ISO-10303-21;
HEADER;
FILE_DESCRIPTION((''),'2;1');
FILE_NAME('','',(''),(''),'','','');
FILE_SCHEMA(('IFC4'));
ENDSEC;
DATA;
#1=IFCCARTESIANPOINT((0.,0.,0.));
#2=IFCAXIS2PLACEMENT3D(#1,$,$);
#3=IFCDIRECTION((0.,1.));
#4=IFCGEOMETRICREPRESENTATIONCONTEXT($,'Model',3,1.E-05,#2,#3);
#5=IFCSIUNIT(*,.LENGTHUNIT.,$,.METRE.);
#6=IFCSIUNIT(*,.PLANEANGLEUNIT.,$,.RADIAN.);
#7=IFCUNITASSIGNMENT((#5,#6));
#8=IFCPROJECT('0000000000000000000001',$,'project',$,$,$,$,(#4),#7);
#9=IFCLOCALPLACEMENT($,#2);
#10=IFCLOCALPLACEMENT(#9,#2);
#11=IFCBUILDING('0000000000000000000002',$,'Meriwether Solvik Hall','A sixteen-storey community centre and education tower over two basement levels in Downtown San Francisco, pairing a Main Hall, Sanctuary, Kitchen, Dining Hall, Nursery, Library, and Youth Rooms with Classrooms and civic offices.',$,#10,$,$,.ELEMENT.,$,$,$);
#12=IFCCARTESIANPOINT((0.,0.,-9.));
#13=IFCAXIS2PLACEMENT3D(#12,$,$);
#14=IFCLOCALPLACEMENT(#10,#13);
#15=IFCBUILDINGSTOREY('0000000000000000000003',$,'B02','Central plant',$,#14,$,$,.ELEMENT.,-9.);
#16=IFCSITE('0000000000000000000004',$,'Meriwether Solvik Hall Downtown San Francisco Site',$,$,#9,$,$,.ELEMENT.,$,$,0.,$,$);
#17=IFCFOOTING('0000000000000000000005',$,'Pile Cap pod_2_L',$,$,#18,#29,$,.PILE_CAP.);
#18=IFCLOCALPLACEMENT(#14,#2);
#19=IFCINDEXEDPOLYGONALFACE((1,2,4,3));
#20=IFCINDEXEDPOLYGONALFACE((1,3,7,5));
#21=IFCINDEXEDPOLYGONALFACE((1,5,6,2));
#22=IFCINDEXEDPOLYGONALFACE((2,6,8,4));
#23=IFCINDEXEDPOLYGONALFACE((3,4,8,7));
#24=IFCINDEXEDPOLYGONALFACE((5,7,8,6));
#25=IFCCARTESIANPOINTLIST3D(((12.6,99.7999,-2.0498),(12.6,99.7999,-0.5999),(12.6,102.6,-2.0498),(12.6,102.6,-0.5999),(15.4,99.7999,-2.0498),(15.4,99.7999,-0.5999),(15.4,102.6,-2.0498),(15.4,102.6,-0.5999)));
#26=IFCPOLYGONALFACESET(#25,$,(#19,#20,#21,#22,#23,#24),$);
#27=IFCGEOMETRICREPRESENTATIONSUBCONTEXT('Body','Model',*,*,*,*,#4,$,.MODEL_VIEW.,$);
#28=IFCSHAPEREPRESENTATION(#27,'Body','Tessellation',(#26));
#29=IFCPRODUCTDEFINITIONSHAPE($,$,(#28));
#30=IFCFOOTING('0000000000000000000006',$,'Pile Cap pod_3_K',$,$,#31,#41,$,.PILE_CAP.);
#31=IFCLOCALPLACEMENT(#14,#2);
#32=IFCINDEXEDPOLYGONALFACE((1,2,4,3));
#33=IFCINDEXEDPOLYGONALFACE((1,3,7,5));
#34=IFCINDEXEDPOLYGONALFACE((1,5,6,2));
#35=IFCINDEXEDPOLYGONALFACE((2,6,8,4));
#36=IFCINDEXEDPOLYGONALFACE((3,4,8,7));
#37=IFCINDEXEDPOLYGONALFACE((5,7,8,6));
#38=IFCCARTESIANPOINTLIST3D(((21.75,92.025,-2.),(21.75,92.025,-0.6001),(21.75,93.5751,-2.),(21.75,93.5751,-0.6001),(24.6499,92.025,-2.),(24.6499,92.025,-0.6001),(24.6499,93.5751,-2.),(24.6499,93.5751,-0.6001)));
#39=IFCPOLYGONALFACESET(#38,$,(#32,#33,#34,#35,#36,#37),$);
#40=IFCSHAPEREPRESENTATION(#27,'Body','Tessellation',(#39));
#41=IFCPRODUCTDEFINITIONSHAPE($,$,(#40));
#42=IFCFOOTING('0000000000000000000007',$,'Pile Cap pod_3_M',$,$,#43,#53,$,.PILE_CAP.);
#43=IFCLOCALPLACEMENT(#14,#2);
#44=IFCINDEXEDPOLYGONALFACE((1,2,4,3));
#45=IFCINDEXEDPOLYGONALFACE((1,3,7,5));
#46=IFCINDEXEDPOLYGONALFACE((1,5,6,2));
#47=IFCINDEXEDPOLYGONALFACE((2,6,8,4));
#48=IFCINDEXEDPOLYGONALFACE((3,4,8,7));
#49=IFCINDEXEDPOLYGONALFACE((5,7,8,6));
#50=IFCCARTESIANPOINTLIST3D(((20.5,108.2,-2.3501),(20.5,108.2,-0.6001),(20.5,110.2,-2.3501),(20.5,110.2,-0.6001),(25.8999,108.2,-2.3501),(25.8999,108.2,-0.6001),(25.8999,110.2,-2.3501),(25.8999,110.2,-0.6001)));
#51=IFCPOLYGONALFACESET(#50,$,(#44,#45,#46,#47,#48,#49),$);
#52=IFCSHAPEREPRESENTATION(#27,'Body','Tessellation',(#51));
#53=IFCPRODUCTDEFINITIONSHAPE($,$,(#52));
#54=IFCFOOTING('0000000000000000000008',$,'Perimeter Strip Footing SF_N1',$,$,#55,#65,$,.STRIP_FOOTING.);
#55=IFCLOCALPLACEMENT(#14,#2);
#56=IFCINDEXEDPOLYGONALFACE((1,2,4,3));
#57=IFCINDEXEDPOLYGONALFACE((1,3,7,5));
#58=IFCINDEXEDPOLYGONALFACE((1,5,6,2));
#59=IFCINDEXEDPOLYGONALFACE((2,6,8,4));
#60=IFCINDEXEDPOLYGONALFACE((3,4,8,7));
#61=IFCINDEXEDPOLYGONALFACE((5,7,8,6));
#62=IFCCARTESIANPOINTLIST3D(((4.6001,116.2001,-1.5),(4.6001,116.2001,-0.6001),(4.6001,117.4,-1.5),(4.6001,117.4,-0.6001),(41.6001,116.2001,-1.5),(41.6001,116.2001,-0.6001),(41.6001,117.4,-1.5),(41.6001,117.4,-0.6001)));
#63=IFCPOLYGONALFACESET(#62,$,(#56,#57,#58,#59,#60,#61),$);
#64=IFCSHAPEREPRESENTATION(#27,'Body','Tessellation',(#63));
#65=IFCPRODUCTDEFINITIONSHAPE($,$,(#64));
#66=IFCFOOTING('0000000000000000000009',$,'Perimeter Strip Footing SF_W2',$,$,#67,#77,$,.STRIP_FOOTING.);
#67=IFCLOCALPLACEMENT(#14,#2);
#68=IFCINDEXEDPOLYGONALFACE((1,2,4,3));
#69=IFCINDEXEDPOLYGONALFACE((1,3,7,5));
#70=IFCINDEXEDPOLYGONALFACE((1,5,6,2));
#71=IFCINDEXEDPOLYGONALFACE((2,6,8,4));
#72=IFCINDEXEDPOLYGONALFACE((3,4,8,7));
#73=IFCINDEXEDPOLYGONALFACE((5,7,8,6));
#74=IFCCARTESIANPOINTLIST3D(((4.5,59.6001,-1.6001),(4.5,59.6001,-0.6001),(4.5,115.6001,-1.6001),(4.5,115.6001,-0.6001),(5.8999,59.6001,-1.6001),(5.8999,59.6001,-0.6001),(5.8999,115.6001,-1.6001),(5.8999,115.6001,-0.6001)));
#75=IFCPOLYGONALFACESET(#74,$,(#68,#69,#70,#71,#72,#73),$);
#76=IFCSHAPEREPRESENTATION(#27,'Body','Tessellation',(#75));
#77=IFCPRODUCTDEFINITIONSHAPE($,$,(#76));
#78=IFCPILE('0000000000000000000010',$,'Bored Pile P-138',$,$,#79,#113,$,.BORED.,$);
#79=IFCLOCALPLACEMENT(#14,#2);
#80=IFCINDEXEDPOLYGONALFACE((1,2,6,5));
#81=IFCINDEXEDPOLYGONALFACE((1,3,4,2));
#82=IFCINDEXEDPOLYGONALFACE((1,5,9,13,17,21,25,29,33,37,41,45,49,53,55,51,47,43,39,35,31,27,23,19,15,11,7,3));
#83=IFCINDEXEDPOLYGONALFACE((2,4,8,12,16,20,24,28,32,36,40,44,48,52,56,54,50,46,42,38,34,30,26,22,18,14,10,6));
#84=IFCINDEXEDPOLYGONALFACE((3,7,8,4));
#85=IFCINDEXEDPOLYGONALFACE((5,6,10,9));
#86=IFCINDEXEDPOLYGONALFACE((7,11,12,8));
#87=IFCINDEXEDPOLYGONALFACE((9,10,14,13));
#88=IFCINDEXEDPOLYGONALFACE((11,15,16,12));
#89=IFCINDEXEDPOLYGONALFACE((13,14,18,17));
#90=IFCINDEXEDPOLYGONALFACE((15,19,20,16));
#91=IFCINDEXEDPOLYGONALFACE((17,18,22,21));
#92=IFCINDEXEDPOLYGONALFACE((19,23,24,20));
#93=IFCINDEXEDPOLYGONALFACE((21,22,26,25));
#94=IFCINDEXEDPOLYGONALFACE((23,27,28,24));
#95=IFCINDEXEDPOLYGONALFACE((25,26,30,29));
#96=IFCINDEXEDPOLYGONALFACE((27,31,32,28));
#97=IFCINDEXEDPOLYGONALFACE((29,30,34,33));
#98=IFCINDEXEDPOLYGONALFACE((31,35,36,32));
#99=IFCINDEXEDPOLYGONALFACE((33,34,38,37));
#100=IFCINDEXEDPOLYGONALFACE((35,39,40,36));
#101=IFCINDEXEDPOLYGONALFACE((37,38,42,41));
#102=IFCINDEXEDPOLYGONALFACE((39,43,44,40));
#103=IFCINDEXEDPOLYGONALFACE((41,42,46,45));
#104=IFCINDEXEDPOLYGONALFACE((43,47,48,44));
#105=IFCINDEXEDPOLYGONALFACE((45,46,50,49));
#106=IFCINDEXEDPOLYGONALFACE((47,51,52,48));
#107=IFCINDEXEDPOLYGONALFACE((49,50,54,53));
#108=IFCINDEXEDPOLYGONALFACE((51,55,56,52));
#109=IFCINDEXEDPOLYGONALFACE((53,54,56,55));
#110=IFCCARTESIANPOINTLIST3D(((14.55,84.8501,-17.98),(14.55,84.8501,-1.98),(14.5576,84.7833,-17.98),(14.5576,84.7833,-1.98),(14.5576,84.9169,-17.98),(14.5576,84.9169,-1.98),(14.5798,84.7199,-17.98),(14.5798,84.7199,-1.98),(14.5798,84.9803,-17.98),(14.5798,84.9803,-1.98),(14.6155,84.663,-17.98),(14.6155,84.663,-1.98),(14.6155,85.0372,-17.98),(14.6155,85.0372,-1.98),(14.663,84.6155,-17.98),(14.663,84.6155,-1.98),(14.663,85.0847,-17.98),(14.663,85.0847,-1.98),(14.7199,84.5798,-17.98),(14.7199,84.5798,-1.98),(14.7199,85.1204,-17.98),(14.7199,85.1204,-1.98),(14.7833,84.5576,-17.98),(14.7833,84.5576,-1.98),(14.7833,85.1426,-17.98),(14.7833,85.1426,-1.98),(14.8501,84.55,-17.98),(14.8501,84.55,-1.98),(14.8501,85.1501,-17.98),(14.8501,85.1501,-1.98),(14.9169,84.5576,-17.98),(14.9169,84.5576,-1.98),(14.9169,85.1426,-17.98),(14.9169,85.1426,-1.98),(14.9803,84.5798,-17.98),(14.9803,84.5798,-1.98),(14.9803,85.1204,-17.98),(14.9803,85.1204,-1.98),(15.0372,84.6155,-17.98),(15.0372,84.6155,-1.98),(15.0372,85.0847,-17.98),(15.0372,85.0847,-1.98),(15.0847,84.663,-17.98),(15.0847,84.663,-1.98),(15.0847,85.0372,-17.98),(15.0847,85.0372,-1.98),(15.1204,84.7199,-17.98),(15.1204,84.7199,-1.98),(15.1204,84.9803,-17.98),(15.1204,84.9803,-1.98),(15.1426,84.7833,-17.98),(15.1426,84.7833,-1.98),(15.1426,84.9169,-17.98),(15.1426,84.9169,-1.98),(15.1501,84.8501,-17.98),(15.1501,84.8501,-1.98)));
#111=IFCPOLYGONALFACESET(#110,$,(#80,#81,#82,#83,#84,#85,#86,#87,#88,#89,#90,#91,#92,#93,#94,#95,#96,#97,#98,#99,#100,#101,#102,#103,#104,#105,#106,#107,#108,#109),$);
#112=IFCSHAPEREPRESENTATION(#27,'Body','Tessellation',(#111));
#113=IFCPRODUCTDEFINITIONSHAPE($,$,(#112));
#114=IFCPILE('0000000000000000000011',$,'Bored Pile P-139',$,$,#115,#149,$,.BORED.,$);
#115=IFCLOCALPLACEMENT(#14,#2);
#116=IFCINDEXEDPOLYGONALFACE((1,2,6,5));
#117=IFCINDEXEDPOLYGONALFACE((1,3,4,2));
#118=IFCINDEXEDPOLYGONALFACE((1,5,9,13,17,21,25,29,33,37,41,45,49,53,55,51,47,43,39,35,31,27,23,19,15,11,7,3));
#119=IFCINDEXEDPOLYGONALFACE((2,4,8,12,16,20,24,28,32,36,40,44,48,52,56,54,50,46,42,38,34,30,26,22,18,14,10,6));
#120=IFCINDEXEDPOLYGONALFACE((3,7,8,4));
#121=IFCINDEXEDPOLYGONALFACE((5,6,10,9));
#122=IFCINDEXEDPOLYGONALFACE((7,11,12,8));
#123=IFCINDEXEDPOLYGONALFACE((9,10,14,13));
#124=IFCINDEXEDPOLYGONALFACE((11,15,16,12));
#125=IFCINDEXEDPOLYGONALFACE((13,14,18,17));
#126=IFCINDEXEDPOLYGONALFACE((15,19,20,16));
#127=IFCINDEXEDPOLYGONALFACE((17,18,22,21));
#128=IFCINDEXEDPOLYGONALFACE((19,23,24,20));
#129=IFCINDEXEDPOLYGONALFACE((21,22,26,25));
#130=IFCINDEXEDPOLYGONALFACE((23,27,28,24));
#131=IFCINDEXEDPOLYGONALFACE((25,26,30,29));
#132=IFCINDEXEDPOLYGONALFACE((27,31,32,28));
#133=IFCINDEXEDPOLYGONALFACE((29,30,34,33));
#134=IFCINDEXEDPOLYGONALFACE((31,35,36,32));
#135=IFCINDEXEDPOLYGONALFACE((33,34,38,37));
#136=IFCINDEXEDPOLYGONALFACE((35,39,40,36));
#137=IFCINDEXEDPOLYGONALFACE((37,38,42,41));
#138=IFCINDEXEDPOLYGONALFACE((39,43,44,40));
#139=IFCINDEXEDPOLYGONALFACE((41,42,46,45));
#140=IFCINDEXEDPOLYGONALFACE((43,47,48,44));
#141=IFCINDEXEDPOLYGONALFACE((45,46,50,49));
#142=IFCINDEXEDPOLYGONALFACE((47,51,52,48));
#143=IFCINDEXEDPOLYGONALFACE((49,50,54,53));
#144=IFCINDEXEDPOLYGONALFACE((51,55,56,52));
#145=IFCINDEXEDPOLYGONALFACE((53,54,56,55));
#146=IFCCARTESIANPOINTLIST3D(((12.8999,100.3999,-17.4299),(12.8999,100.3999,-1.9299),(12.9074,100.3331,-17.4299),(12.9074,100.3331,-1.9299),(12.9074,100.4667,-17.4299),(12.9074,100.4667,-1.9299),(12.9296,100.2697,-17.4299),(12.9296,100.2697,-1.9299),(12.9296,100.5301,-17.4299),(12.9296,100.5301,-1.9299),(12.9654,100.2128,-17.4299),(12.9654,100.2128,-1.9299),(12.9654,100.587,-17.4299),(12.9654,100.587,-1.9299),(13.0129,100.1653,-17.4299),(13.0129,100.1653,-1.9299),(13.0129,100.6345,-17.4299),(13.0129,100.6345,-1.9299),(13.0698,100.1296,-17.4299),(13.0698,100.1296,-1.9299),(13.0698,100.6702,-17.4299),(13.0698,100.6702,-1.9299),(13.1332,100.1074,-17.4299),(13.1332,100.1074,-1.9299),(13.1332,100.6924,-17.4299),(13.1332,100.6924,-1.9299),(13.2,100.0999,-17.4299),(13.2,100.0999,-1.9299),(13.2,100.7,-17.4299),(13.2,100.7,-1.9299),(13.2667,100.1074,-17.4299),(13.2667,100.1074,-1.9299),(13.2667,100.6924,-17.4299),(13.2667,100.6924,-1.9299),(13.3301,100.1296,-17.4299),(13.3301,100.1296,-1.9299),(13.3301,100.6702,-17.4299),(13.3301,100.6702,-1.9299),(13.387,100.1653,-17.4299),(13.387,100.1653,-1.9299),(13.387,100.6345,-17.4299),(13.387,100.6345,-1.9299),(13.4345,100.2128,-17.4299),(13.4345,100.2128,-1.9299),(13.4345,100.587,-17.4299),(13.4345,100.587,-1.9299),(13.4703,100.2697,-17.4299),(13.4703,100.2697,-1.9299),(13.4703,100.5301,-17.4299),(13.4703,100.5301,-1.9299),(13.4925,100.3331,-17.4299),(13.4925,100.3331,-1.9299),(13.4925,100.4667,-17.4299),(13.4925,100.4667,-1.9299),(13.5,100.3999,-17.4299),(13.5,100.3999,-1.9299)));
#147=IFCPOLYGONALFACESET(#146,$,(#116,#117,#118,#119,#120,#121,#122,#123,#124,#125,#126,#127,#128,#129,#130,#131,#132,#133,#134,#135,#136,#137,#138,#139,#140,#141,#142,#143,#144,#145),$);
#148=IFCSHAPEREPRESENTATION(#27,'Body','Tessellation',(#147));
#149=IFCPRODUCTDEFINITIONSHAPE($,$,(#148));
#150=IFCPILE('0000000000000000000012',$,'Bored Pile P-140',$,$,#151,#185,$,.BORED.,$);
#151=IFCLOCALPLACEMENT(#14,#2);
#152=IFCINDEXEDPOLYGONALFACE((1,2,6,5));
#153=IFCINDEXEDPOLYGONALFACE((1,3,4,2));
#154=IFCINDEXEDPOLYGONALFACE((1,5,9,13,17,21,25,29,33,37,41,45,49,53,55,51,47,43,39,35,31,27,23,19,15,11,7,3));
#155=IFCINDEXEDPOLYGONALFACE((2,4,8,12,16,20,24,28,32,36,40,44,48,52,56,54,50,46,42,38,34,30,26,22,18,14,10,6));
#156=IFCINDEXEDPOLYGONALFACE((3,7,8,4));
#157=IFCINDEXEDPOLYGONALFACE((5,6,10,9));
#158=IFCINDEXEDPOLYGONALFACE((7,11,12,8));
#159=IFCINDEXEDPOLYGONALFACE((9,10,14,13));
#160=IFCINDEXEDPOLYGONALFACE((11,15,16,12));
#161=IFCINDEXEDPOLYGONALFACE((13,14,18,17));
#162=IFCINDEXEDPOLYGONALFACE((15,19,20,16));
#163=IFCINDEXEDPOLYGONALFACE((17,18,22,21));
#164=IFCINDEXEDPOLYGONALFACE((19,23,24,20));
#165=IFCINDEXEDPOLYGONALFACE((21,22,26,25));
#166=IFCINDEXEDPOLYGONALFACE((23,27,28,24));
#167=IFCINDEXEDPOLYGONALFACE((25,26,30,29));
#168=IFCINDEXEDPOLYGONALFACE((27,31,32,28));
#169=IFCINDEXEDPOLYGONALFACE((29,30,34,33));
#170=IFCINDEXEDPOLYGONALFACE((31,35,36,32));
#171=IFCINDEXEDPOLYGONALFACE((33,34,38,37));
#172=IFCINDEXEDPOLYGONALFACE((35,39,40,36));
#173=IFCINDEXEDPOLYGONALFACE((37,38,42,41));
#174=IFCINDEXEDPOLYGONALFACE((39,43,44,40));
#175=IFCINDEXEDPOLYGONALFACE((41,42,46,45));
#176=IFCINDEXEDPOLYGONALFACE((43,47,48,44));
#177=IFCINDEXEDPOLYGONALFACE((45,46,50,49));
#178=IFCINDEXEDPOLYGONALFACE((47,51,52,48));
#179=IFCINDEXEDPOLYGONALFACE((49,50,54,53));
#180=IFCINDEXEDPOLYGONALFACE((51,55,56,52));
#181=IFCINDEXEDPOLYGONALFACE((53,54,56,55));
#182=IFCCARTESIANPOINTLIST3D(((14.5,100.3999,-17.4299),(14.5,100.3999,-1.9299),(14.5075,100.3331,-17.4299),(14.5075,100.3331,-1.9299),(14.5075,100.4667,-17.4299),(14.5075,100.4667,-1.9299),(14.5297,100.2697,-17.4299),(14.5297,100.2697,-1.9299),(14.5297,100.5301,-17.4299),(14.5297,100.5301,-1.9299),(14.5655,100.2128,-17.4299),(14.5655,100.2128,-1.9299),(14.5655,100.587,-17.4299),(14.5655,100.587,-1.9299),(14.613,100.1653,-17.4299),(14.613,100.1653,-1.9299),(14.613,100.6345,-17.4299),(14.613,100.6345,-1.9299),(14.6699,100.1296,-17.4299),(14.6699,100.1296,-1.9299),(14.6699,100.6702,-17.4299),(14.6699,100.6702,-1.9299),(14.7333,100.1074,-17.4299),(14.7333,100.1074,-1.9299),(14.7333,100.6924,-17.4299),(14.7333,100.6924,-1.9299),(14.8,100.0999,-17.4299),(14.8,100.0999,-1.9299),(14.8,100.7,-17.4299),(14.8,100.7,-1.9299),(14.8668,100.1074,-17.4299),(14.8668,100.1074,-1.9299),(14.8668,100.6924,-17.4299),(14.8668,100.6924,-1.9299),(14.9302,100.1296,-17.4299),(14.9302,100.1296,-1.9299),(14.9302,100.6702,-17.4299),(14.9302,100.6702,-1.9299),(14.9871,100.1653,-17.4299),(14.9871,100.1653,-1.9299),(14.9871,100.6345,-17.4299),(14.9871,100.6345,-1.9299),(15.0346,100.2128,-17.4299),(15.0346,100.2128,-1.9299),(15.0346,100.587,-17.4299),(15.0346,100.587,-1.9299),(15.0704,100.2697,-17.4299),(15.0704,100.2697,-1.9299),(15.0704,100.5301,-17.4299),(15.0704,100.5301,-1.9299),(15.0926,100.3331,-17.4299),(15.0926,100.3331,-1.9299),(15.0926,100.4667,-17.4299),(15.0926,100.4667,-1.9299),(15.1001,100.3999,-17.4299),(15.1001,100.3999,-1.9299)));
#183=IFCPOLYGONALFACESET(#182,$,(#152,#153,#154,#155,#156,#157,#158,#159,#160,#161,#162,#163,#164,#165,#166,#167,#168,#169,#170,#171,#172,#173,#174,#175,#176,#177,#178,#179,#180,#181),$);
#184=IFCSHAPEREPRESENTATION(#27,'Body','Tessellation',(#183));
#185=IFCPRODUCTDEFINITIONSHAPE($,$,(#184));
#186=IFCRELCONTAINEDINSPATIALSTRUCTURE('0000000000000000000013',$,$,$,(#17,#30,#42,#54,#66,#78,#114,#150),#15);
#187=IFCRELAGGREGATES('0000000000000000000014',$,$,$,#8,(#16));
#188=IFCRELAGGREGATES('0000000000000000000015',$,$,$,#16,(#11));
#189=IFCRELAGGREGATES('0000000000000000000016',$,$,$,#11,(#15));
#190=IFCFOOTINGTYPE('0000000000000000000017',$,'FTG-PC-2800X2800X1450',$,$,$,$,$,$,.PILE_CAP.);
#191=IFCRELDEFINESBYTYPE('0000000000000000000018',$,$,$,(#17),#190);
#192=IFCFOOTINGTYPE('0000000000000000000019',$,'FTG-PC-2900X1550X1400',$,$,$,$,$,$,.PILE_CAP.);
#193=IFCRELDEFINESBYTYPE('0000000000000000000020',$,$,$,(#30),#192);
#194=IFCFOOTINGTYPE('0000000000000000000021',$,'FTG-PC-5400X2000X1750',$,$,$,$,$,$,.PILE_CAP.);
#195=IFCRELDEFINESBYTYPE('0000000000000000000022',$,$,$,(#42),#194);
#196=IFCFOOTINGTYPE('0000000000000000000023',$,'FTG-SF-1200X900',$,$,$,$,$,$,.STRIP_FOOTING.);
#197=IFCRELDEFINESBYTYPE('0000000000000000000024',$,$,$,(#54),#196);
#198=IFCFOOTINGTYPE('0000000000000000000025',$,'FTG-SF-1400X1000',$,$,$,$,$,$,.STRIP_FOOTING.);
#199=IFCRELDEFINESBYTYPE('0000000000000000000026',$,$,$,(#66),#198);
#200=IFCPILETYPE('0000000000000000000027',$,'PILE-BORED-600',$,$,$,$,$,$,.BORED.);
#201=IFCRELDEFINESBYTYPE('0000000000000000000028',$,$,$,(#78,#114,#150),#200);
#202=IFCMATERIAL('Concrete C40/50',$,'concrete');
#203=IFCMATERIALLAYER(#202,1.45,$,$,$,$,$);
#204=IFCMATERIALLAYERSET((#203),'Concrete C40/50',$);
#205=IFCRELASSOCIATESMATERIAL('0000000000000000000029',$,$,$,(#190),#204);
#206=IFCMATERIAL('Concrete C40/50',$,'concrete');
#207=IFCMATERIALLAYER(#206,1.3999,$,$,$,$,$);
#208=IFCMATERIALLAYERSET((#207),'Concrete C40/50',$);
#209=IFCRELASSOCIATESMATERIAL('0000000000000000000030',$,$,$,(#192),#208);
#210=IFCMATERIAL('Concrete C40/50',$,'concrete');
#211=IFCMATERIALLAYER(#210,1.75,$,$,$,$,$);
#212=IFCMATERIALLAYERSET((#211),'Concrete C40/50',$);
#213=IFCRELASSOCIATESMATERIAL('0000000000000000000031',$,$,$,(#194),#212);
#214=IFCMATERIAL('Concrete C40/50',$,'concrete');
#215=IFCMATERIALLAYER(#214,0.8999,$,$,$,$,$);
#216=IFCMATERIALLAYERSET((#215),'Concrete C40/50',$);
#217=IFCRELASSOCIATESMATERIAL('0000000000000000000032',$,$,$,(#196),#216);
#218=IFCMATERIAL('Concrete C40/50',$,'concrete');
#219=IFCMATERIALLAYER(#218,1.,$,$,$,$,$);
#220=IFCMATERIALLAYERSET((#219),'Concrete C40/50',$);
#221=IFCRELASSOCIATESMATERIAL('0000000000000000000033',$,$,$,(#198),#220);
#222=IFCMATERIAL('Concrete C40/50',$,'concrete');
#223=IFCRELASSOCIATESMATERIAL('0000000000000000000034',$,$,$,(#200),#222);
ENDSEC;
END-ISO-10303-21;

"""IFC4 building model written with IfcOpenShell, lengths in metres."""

from ifc_helpers import new_model, si_unit, direction, frame, origin, origin_2d, place, context, subcontext, project, spatial, rectangle, circle, extrude, material, layer, layer_set, material_profile, profile_set, type_object, element, save


model = new_model("IFC4")

# Units and contexts
model_context = context("Model", 3, precision=1e-05, world=origin(), true_north=direction((0.0, 1.0)))
body_context = subcontext(model_context, "Body", "Model", "MODEL_VIEW")
ifc_project = project(units=[si_unit("LENGTHUNIT", "METRE"), si_unit("PLANEANGLEUNIT", "RADIAN")], contexts=[model_context])

# Site, building, storey
site_placement = place(None, origin())
site = spatial("IfcSite", under=ifc_project, at=site_placement, Name="Meriwether Solvik Hall Downtown San Francisco Site", CompositionType="ELEMENT", RefElevation=0.0)
building_placement = place(site_placement, origin())
building = spatial("IfcBuilding", under=site, at=building_placement, Name="Meriwether Solvik Hall", Description="A sixteen-storey community centre and education tower over two basement levels in Downtown San Francisco, pairing a Main Hall, Sanctuary, Kitchen, Dining Hall, Nursery, Library, and Youth Rooms with Classrooms and civic offices.", CompositionType="ELEMENT")
storey_placement = place(building_placement, frame((0.0, 0.0, -9.0)))
storey = spatial("IfcBuildingStorey", under=building, at=storey_placement, Name="B02", Description="Central plant", CompositionType="ELEMENT", Elevation=-9.0)

# Footings
ifc_material_1 = material(Name="Concrete C40/50", Category="concrete")
ifc_layer_1 = layer(ifc_material_1, 1.45)
ifc_layer_set_1 = layer_set([ifc_layer_1], Name="Concrete C40/50")
footing_type_1 = type_object("IfcFootingType", Name="FTG-PC-2800X2800X1450", PredefinedType="PILE_CAP", material=ifc_layer_set_1)
footing_1_placement = place(storey_placement, frame((14.0, 101.2, -2.0498), z_axis=(0.0, 0.0, 1.0), x_axis=(1.0, 0.0, 0.0)))
element("IfcFooting", 1, at=footing_1_placement, inside=storey, type_object=footing_type_1, Name="Pile Cap pod_2_L", PredefinedType="PILE_CAP", context=body_context, shape_type="SweptSolid", body=[
    extrude(rectangle(XDim=2.8, YDim=2.8, at=origin_2d()), origin(), (0.0, 0.0, 1.0), 1.45),
])
ifc_material_2 = material(Name="Concrete C40/50", Category="concrete")
ifc_layer_2 = layer(ifc_material_2, 1.3999)
ifc_layer_set_2 = layer_set([ifc_layer_2], Name="Concrete C40/50")
footing_type_2 = type_object("IfcFootingType", Name="FTG-PC-2900X1550X1400", PredefinedType="PILE_CAP", material=ifc_layer_set_2)
footing_2_placement = place(storey_placement, frame((23.2, 92.8, -2.0), z_axis=(0.0, 0.0, 1.0), x_axis=(1.0, 0.0, 0.0)))
element("IfcFooting", 2, at=footing_2_placement, inside=storey, type_object=footing_type_2, Name="Pile Cap pod_3_K", PredefinedType="PILE_CAP", context=body_context, shape_type="SweptSolid", body=[
    extrude(rectangle(XDim=2.8999, YDim=1.55, at=origin_2d()), origin(), (0.0, 0.0, 1.0), 1.3999),
])
ifc_material_3 = material(Name="Concrete C40/50", Category="concrete")
ifc_layer_3 = layer(ifc_material_3, 1.75)
ifc_layer_set_3 = layer_set([ifc_layer_3], Name="Concrete C40/50")
footing_type_3 = type_object("IfcFootingType", Name="FTG-PC-5400X2000X1750", PredefinedType="PILE_CAP", material=ifc_layer_set_3)
footing_3_placement = place(storey_placement, frame((23.2, 109.2, -2.3501), z_axis=(0.0, 0.0, 1.0), x_axis=(1.0, 0.0, 0.0)))
element("IfcFooting", 3, at=footing_3_placement, inside=storey, type_object=footing_type_3, Name="Pile Cap pod_3_M", PredefinedType="PILE_CAP", context=body_context, shape_type="SweptSolid", body=[
    extrude(rectangle(XDim=5.3999, YDim=2.0, at=origin_2d()), origin(), (0.0, 0.0, 1.0), 1.75),
])
ifc_material_4 = material(Name="Concrete C40/50", Category="concrete")
ifc_layer_4 = layer(ifc_material_4, 0.8999)
ifc_layer_set_4 = layer_set([ifc_layer_4], Name="Concrete C40/50")
footing_type_4 = type_object("IfcFootingType", Name="FTG-SF-1200X900", PredefinedType="STRIP_FOOTING", material=ifc_layer_set_4)
footing_4_placement = place(storey_placement, frame((23.1001, 116.8, -1.5), z_axis=(0.0, 0.0, 1.0), x_axis=(1.0, 0.0, 0.0)))
element("IfcFooting", 4, at=footing_4_placement, inside=storey, type_object=footing_type_4, Name="Perimeter Strip Footing SF_N1", PredefinedType="STRIP_FOOTING", context=body_context, shape_type="SweptSolid", body=[
    extrude(rectangle(XDim=37.0, YDim=1.2, at=origin_2d()), origin(), (0.0, 0.0, 1.0), 0.8999),
])
ifc_material_5 = material(Name="Concrete C40/50", Category="concrete")
ifc_layer_5 = layer(ifc_material_5, 1.0)
ifc_layer_set_5 = layer_set([ifc_layer_5], Name="Concrete C40/50")
footing_type_5 = type_object("IfcFootingType", Name="FTG-SF-1400X1000", PredefinedType="STRIP_FOOTING", material=ifc_layer_set_5)
footing_5_placement = place(storey_placement, frame((5.2, 87.6001, -1.6001), z_axis=(0.0, 0.0, 1.0), x_axis=(0.0, 1.0, 0.0)))
element("IfcFooting", 5, at=footing_5_placement, inside=storey, type_object=footing_type_5, Name="Perimeter Strip Footing SF_W2", PredefinedType="STRIP_FOOTING", context=body_context, shape_type="SweptSolid", body=[
    extrude(rectangle(XDim=56.0, YDim=1.3999, at=origin_2d()), origin(), (0.0, 0.0, 1.0), 1.0),
])

# Piles
ifc_material_6 = material(Name="Concrete C40/50", Category="concrete")
ifc_material_profile_1 = material_profile(ifc_material_6, circle(Radius=0.3, at=origin_2d()), Name="PILE-D600")
ifc_profile_set_1 = profile_set([ifc_material_profile_1], Name="Concrete C40/50")
pile_type_1 = type_object("IfcPileType", Name="PILE-BORED-600", PredefinedType="BORED", material=ifc_profile_set_1)
pile_1_placement = place(storey_placement, frame((14.8501, 84.8501, -1.98), z_axis=(0.0, 0.0, -1.0), x_axis=(1.0, 0.0, 0.0)))
element("IfcPile", 6, at=pile_1_placement, inside=storey, type_object=pile_type_1, Name="Bored Pile P-138", PredefinedType="BORED", context=body_context, shape_type="SweptSolid", body=[
    extrude(circle(Radius=0.3, at=origin_2d()), origin(), (0.0, 0.0, 1.0), 16.0),
])
for number, where, z_axis, x_axis, name in (
    (7, (13.2, 100.3999, -1.9299), (0.0, 0.0, -1.0), (1.0, 0.0, 0.0), "Bored Pile P-139"),
    (8, (14.8, 100.3999, -1.9299), (0.0, 0.0, -1.0), (1.0, 0.0, 0.0), "Bored Pile P-140"),
):
    element("IfcPile", number, at=place(storey_placement, frame(where, z_axis=z_axis, x_axis=x_axis)), inside=storey, type_object=pile_type_1, Name=name, PredefinedType="BORED", context=body_context, shape_type="SweptSolid", body=[
        extrude(circle(Radius=0.3, at=origin_2d()), origin(), (0.0, 0.0, 1.0), 15.5),
    ])

save(model, "model.ifc")
